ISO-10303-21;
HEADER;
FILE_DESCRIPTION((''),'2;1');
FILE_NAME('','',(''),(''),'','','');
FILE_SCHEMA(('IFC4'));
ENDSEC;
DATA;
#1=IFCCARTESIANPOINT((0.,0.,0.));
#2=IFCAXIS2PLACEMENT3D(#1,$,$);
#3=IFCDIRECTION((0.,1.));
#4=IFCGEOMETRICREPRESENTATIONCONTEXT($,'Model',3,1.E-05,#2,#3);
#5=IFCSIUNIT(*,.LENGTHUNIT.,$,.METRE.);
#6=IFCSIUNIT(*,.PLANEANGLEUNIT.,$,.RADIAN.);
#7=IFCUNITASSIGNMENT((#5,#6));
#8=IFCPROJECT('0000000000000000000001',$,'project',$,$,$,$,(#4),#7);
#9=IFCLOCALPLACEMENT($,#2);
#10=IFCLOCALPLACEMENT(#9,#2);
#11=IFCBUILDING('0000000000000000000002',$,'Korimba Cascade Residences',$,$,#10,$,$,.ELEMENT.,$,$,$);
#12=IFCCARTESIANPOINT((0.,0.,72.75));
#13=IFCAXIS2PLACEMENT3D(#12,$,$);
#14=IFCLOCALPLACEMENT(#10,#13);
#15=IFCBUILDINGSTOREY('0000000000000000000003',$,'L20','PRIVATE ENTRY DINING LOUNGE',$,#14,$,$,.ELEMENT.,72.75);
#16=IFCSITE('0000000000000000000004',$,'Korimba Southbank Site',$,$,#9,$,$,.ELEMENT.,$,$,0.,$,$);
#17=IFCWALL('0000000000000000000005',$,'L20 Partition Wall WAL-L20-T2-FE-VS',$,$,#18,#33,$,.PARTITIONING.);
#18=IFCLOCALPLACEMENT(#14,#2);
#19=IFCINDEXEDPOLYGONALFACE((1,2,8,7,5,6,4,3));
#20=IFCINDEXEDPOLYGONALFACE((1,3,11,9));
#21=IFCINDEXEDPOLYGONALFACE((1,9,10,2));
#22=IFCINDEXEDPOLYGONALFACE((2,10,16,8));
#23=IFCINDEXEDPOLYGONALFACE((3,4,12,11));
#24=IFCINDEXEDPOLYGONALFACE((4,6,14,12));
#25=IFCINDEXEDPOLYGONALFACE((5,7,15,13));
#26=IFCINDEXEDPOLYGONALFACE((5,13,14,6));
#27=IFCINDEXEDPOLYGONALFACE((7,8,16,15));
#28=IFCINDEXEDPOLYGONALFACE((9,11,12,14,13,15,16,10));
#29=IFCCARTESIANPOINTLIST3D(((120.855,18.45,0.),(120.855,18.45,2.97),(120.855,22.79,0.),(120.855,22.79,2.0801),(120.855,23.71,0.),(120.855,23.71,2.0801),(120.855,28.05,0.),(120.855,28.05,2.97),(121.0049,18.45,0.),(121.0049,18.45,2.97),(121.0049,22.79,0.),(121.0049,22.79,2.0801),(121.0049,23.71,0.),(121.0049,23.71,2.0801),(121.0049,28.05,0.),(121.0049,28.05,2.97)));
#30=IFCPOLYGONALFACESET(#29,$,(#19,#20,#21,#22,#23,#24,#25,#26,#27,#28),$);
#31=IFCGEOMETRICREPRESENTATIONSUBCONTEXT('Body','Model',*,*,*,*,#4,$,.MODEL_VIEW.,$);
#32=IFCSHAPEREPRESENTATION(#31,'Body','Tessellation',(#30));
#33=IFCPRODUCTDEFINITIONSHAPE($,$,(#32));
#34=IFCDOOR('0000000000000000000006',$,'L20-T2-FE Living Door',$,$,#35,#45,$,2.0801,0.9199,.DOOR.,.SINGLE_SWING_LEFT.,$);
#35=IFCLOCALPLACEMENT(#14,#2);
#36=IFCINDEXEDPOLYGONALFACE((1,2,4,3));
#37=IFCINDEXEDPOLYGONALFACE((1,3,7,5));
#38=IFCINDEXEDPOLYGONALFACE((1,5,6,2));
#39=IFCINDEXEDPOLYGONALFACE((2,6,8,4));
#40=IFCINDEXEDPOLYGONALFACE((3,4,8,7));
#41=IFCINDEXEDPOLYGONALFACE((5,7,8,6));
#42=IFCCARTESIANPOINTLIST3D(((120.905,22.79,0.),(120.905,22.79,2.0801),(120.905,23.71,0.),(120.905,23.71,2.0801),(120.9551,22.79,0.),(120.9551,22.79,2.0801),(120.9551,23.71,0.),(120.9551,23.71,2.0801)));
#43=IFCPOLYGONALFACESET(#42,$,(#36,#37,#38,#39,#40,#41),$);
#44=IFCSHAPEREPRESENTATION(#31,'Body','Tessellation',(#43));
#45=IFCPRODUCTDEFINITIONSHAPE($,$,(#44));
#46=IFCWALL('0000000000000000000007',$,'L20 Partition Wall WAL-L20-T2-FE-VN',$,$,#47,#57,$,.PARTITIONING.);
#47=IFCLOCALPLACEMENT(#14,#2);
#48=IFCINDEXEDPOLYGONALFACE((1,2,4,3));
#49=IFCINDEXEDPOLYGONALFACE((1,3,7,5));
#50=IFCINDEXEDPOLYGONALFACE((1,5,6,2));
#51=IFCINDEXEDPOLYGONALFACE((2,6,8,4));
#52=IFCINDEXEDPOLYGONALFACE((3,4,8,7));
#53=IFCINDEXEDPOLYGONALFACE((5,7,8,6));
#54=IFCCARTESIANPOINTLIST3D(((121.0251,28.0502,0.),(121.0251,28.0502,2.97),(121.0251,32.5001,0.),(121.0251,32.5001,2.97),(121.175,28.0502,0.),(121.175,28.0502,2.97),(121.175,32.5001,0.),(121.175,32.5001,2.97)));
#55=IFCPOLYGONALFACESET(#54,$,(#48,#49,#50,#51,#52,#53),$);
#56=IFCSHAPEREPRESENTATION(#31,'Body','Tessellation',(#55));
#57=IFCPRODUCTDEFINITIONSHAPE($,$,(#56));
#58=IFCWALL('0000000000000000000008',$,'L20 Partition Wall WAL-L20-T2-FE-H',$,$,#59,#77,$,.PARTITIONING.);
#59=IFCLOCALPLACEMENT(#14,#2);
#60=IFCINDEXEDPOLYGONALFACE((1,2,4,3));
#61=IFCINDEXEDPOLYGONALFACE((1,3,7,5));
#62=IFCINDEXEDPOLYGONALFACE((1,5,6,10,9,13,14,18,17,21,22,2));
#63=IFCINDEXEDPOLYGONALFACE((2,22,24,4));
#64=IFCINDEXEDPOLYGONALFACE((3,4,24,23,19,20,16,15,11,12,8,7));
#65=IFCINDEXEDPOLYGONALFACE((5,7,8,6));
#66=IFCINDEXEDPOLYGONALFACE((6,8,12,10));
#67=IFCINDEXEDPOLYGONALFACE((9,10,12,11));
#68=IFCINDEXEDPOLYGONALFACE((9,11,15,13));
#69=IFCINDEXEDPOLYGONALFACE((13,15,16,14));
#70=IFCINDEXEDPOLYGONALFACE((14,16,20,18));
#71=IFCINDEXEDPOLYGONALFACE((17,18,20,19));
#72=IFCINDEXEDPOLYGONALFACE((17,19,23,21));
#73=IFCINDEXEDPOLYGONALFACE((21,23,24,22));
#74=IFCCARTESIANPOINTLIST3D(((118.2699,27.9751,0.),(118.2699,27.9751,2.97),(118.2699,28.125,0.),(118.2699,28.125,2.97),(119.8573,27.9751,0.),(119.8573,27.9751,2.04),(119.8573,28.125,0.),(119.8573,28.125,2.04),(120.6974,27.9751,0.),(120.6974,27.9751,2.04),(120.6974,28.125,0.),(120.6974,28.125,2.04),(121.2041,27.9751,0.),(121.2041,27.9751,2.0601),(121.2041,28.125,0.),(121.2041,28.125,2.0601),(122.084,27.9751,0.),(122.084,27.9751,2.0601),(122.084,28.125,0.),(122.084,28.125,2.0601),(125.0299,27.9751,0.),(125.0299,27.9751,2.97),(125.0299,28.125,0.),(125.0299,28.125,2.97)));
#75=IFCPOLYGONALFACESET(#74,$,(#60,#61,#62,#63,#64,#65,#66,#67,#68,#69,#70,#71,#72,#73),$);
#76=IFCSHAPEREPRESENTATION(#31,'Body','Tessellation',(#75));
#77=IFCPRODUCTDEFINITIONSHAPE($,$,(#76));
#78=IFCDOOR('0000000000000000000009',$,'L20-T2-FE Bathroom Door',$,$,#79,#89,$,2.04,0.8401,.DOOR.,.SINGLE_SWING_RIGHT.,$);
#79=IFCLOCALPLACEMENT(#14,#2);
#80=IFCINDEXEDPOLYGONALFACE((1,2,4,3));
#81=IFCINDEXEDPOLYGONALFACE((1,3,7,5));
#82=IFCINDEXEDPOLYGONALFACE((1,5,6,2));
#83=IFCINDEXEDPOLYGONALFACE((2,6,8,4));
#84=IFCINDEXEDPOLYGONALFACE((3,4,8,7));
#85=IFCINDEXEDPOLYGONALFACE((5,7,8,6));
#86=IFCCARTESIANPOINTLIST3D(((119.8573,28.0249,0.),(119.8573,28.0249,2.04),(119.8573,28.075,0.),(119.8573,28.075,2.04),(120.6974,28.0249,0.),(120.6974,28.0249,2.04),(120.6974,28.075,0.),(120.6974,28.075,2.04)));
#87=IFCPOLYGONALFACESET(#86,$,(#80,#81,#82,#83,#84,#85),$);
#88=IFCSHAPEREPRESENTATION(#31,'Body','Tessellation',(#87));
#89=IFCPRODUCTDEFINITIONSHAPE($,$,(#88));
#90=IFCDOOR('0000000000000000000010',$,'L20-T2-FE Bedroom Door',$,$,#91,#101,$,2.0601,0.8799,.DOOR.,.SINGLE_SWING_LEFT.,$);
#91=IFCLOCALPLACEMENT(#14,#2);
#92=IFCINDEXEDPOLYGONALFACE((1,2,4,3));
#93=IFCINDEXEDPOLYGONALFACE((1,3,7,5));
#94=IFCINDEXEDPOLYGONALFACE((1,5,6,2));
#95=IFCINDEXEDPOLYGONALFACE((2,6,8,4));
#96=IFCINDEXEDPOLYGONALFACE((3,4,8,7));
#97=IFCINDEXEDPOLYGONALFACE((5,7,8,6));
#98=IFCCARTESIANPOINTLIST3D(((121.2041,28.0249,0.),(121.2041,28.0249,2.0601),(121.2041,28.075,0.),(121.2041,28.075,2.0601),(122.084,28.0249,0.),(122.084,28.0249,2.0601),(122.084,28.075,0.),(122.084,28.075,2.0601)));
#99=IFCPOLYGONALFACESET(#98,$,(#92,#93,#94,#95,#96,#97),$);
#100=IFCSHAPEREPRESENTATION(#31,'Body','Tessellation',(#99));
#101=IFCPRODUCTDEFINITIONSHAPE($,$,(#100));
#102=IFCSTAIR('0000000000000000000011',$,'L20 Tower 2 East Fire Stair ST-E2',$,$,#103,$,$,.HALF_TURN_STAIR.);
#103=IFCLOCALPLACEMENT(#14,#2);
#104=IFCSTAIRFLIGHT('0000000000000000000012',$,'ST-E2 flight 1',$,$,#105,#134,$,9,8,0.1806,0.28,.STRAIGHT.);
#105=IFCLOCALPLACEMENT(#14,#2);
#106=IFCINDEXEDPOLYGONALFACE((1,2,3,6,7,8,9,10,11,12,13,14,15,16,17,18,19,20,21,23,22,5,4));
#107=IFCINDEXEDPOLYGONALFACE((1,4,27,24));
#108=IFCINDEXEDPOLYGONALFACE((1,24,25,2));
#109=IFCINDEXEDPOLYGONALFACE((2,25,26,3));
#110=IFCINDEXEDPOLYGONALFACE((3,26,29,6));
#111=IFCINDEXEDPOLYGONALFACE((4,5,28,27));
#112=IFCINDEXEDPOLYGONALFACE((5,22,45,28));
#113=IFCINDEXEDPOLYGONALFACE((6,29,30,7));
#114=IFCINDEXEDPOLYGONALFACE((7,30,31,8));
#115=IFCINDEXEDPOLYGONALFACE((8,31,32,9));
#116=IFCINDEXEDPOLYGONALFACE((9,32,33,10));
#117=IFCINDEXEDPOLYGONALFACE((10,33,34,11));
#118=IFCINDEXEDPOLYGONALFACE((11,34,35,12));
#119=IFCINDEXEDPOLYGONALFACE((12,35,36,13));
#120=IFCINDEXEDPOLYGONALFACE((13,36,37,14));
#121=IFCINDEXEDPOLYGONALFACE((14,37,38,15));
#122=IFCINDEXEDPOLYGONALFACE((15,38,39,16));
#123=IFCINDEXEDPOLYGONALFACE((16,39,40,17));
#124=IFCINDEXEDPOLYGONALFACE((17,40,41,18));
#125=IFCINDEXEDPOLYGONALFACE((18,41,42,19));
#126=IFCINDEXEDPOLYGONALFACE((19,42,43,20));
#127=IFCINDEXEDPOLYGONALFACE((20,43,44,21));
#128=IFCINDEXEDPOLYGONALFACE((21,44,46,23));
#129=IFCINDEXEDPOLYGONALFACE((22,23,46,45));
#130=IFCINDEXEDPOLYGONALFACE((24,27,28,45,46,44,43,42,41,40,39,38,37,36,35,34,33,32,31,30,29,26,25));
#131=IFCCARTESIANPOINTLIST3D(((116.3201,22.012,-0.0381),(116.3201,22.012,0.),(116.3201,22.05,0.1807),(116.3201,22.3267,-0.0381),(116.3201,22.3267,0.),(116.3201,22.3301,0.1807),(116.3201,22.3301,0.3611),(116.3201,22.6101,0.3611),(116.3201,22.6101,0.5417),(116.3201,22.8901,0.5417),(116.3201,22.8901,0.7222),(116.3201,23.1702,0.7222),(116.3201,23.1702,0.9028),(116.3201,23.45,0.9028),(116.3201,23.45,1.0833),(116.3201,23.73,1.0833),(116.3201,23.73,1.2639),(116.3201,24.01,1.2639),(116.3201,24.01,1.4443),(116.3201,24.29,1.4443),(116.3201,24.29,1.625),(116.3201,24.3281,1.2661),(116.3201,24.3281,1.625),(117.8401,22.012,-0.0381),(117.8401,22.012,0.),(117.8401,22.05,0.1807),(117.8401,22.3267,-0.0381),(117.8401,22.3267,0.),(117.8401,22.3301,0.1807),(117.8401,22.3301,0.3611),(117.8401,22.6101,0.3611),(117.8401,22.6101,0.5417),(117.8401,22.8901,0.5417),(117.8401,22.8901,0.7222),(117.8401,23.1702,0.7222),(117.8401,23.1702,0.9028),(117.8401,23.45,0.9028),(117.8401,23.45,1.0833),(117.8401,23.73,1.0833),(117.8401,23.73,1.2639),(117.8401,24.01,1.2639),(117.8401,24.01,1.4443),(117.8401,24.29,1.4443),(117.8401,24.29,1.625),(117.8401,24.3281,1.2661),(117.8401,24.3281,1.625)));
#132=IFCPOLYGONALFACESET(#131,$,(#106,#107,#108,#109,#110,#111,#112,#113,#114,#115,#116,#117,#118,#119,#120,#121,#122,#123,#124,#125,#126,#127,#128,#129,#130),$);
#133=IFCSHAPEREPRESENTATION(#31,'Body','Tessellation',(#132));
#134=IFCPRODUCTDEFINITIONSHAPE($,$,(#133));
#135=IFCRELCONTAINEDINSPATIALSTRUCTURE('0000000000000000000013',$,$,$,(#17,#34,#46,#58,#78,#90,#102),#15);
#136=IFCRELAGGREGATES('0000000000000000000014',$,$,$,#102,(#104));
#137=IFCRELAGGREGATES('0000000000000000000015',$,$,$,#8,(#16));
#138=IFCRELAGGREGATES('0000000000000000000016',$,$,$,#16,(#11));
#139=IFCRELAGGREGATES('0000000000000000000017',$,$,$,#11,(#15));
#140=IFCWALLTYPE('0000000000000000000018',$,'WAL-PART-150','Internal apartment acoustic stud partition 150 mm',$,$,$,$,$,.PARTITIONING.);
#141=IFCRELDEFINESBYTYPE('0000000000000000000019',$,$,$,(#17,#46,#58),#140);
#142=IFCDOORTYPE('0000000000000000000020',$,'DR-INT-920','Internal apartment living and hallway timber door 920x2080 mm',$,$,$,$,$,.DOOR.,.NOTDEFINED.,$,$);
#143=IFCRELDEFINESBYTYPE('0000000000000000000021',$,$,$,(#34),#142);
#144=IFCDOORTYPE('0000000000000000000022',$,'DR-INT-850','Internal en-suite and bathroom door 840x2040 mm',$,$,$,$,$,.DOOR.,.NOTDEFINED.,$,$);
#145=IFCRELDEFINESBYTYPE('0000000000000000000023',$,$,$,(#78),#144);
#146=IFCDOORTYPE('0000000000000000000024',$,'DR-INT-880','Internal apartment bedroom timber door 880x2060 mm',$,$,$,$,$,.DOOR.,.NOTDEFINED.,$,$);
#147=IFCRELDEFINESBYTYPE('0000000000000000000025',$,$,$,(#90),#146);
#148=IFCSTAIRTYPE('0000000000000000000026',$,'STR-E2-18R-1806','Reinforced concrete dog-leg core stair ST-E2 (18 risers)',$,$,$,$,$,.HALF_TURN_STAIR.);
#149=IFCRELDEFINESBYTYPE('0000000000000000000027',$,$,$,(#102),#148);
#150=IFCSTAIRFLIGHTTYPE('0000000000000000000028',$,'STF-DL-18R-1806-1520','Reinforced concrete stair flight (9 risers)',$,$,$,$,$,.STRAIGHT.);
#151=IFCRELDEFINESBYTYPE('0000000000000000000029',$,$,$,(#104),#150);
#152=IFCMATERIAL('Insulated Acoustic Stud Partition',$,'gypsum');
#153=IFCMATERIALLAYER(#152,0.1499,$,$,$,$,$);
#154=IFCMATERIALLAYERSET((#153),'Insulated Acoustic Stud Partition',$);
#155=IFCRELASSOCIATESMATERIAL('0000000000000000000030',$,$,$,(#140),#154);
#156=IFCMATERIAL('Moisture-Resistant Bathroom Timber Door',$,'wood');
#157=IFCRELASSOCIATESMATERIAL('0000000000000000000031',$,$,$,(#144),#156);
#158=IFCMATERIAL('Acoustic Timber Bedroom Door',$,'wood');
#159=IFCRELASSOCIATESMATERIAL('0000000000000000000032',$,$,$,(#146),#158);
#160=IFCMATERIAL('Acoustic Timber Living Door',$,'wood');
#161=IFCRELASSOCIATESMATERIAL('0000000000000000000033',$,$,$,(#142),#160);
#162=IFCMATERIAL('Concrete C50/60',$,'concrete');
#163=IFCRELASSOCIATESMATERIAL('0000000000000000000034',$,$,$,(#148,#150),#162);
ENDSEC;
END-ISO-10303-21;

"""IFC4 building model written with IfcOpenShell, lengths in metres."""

from ifc_helpers import new_model, si_unit, direction, frame, frame_2d, origin, place, context, subcontext, project, spatial, polyline, rectangle, outline, extrude, material, layer, layer_set, type_object, element, fill, aggregate, save


model = new_model("IFC4")

# Units and contexts
model_context = context("Model", 3, precision=1e-05, world=origin(), true_north=direction((0.0, 1.0)))
body_context = subcontext(model_context, "Body", "Model", "MODEL_VIEW")
ifc_project = project(units=[si_unit("LENGTHUNIT", "METRE"), si_unit("PLANEANGLEUNIT", "RADIAN")], contexts=[model_context])

# Site, building, storey
site_placement = place(None, origin())
site = spatial("IfcSite", under=ifc_project, at=site_placement, Name="Korimba Southbank Site", CompositionType="ELEMENT", RefElevation=0.0)
building_placement = place(site_placement, origin())
building = spatial("IfcBuilding", under=site, at=building_placement, Name="Korimba Cascade Residences", CompositionType="ELEMENT")
storey_placement = place(building_placement, frame((0.0, 0.0, 72.75)))
storey = spatial("IfcBuildingStorey", under=building, at=storey_placement, Name="L20", Description="PRIVATE ENTRY DINING LOUNGE", CompositionType="ELEMENT", Elevation=72.75)

# Shared definitions
ifc_material_1 = material(Name="Concrete C50/60", Category="concrete")

# Wall, opening, door
ifc_material_2 = material(Name="Insulated Acoustic Stud Partition", Category="gypsum")
ifc_layer_1 = layer(ifc_material_2, 0.1499)
ifc_layer_set_1 = layer_set([ifc_layer_1], Name="Insulated Acoustic Stud Partition")
wall_type_1 = type_object("IfcWallType", Name="WAL-PART-150", Description="Internal apartment acoustic stud partition 150 mm", PredefinedType="PARTITIONING", material=ifc_layer_set_1)
ifc_material_3 = material(Name="Moisture-Resistant Bathroom Timber Door", Category="wood")
door_type_1 = type_object("IfcDoorType", Name="DR-INT-850", Description="Internal en-suite and bathroom door 840x2040 mm", OperationType="NOTDEFINED", PredefinedType="DOOR", material=ifc_material_3)
ifc_material_4 = material(Name="Acoustic Timber Bedroom Door", Category="wood")
door_type_2 = type_object("IfcDoorType", Name="DR-INT-880", Description="Internal apartment bedroom timber door 880x2060 mm", OperationType="NOTDEFINED", PredefinedType="DOOR", material=ifc_material_4)
wall_1_placement = place(storey_placement, frame((120.9299, 18.45, 0.0), z_axis=(0.0, 0.0, 1.0), x_axis=(0.0, 1.0, 0.0)))
wall_1 = element("IfcWall", 1, at=wall_1_placement, inside=storey, type_object=wall_type_1, Name="L20 Partition Wall WAL-L20-T2-FE-VS", PredefinedType="PARTITIONING", context=body_context, shape_type="SweptSolid", body=[
    extrude(rectangle(XDim=9.6001, YDim=0.1499, at=frame_2d((4.8, 0.0))), origin(), (0.0, 0.0, 1.0), 2.97),
])
opening_1_placement = place(wall_1_placement, frame((4.3401, 0.0, 0.0)))
opening_1 = element("IfcOpeningElement", 2, at=opening_1_placement, cuts=wall_1, PredefinedType="OPENING", context=body_context, shape_type="SweptSolid", body=[
    extrude(rectangle(XDim=0.9199, YDim=2.0801, at=frame_2d((0.46, 1.04))), frame((0.0, 0.085, 0.0), z_axis=(0.0, -1.0, 0.0), x_axis=(1.0, 0.0, 0.0)), (0.0, 0.0, 1.0), 0.1699),
])
ifc_material_5 = material(Name="Acoustic Timber Living Door", Category="wood")
door_type_3 = type_object("IfcDoorType", Name="DR-INT-920", Description="Internal apartment living and hallway timber door 920x2080 mm", OperationType="NOTDEFINED", PredefinedType="DOOR", material=ifc_material_5)
door_1_placement = place(opening_1_placement, origin())
door_1 = element("IfcDoor", 3, at=door_1_placement, inside=storey, type_object=door_type_3, Name="L20-T2-FE Living Door", OperationType="SINGLE_SWING_LEFT", OverallHeight=2.0801, OverallWidth=0.9199, PredefinedType="DOOR", context=body_context, shape_type="SweptSolid", body=[
    extrude(rectangle(XDim=0.9199, YDim=2.0801, at=frame_2d((0.46, 1.04))), frame((0.0, 0.0249, 0.0), z_axis=(0.0, -1.0, 0.0), x_axis=(1.0, 0.0, 0.0)), (0.0, 0.0, 1.0), 0.05),
])
fill(opening_1, door_1)

# Wall
wall_2_placement = place(storey_placement, frame((121.1001, 28.05, 0.0), z_axis=(0.0, 0.0, 1.0), x_axis=(0.0, 1.0, 0.0)))
element("IfcWall", 4, at=wall_2_placement, inside=storey, type_object=wall_type_1, Name="L20 Partition Wall WAL-L20-T2-FE-VN", PredefinedType="PARTITIONING", context=body_context, shape_type="SweptSolid", body=[
    extrude(rectangle(XDim=4.45, YDim=0.1499, at=frame_2d((2.2251, 0.0))), origin(), (0.0, 0.0, 1.0), 2.97),
])

# Wall, openings, doors
wall_3_placement = place(storey_placement, frame((118.27, 28.05, 0.0), z_axis=(0.0, 0.0, 1.0), x_axis=(1.0, 0.0, 0.0)))
wall_3 = element("IfcWall", 5, at=wall_3_placement, inside=storey, type_object=wall_type_1, Name="L20 Partition Wall WAL-L20-T2-FE-H", PredefinedType="PARTITIONING", context=body_context, shape_type="SweptSolid", body=[
    extrude(rectangle(XDim=6.76, YDim=0.1499, at=frame_2d((3.3799, 0.0))), origin(), (0.0, 0.0, 1.0), 2.97),
])
opening_2_placement = place(wall_3_placement, frame((1.5874, 0.0, 0.0)))
opening_2 = element("IfcOpeningElement", 6, at=opening_2_placement, cuts=wall_3, PredefinedType="OPENING", context=body_context, shape_type="SweptSolid", body=[
    extrude(rectangle(XDim=0.8401, YDim=2.04, at=frame_2d((0.4199, 1.02))), frame((0.0, 0.085, 0.0), z_axis=(0.0, -1.0, 0.0), x_axis=(1.0, 0.0, 0.0)), (0.0, 0.0, 1.0), 0.1699),
])
opening_3_placement = place(wall_3_placement, frame((2.9341, 0.0, 0.0)))
opening_3 = element("IfcOpeningElement", 7, at=opening_3_placement, cuts=wall_3, PredefinedType="OPENING", context=body_context, shape_type="SweptSolid", body=[
    extrude(rectangle(XDim=0.8799, YDim=2.0601, at=frame_2d((0.4399, 1.03))), frame((0.0, 0.085, 0.0), z_axis=(0.0, -1.0, 0.0), x_axis=(1.0, 0.0, 0.0)), (0.0, 0.0, 1.0), 0.1699),
])
door_2_placement = place(opening_2_placement, origin())
door_2 = element("IfcDoor", 8, at=door_2_placement, inside=storey, type_object=door_type_1, Name="L20-T2-FE Bathroom Door", OperationType="SINGLE_SWING_RIGHT", OverallHeight=2.04, OverallWidth=0.8401, PredefinedType="DOOR", context=body_context, shape_type="SweptSolid", body=[
    extrude(rectangle(XDim=0.8401, YDim=2.04, at=frame_2d((0.4199, 1.02))), frame((0.0, 0.0249, 0.0), z_axis=(0.0, -1.0, 0.0), x_axis=(1.0, 0.0, 0.0)), (0.0, 0.0, 1.0), 0.05),
])
fill(opening_2, door_2)
door_3_placement = place(opening_3_placement, origin())
door_3 = element("IfcDoor", 9, at=door_3_placement, inside=storey, type_object=door_type_2, Name="L20-T2-FE Bedroom Door", OperationType="SINGLE_SWING_LEFT", OverallHeight=2.0601, OverallWidth=0.8799, PredefinedType="DOOR", context=body_context, shape_type="SweptSolid", body=[
    extrude(rectangle(XDim=0.8799, YDim=2.0601, at=frame_2d((0.4399, 1.03))), frame((0.0, 0.0249, 0.0), z_axis=(0.0, -1.0, 0.0), x_axis=(1.0, 0.0, 0.0)), (0.0, 0.0, 1.0), 0.05),
])
fill(opening_3, door_3)

# Stair, stair flight
stair_type = type_object("IfcStairType", Name="STR-E2-18R-1806", Description="Reinforced concrete dog-leg core stair ST-E2 (18 risers)", PredefinedType="HALF_TURN_STAIR", material=ifc_material_1)
stair_placement = place(storey_placement, origin())
stair = element("IfcStair", 10, at=stair_placement, inside=storey, type_object=stair_type, Name="L20 Tower 2 East Fire Stair ST-E2", PredefinedType="HALF_TURN_STAIR")
stair_flight_type = type_object("IfcStairFlightType", Name="STF-DL-18R-1806-1520", Description="Reinforced concrete stair flight (9 risers)", PredefinedType="STRAIGHT", material=ifc_material_1)
stair_flight_placement = place(storey_placement, frame((117.0801, 22.05, 0.0), z_axis=(0.0, 0.0, 1.0), x_axis=(0.0, 1.0, 0.0)))
stair_flight = element("IfcStairFlight", 11, at=stair_flight_placement, type_object=stair_flight_type, Name="ST-E2 flight 1", NumberOfRisers=9, NumberOfTreads=8, PredefinedType="STRAIGHT", RiserHeight=0.1806, TreadLength=0.28, context=body_context, shape_type="SweptSolid", body=[
    extrude(outline(polyline([(-0.0381, 0.0), (0.0, 0.1807), (0.28, 0.1807), (0.28, 0.3611), (0.5601, 0.3611), (0.5601, 0.5417), (0.8401, 0.5417), (0.8401, 0.7222), (1.1201, 0.7222), (1.1201, 0.9028), (1.3999, 0.9028), (1.3999, 1.0833), (1.6799, 1.0833), (1.6799, 1.2639), (1.96, 1.2639), (1.96, 1.4443), (2.24, 1.4443), (2.24, 1.625), (2.2781, 1.625), (2.2781, 1.2661), (0.2766, 0.0), (0.2766, -0.0381), (-0.0381, -0.0381), (-0.0381, 0.0)])), frame((0.0, 0.76, 0.0), z_axis=(0.0, -1.0, 0.0), x_axis=(1.0, 0.0, 0.0)), (0.0, 0.0, 1.0), 1.52),
])
aggregate(stair, [stair_flight])

save(model, "model.ifc")
